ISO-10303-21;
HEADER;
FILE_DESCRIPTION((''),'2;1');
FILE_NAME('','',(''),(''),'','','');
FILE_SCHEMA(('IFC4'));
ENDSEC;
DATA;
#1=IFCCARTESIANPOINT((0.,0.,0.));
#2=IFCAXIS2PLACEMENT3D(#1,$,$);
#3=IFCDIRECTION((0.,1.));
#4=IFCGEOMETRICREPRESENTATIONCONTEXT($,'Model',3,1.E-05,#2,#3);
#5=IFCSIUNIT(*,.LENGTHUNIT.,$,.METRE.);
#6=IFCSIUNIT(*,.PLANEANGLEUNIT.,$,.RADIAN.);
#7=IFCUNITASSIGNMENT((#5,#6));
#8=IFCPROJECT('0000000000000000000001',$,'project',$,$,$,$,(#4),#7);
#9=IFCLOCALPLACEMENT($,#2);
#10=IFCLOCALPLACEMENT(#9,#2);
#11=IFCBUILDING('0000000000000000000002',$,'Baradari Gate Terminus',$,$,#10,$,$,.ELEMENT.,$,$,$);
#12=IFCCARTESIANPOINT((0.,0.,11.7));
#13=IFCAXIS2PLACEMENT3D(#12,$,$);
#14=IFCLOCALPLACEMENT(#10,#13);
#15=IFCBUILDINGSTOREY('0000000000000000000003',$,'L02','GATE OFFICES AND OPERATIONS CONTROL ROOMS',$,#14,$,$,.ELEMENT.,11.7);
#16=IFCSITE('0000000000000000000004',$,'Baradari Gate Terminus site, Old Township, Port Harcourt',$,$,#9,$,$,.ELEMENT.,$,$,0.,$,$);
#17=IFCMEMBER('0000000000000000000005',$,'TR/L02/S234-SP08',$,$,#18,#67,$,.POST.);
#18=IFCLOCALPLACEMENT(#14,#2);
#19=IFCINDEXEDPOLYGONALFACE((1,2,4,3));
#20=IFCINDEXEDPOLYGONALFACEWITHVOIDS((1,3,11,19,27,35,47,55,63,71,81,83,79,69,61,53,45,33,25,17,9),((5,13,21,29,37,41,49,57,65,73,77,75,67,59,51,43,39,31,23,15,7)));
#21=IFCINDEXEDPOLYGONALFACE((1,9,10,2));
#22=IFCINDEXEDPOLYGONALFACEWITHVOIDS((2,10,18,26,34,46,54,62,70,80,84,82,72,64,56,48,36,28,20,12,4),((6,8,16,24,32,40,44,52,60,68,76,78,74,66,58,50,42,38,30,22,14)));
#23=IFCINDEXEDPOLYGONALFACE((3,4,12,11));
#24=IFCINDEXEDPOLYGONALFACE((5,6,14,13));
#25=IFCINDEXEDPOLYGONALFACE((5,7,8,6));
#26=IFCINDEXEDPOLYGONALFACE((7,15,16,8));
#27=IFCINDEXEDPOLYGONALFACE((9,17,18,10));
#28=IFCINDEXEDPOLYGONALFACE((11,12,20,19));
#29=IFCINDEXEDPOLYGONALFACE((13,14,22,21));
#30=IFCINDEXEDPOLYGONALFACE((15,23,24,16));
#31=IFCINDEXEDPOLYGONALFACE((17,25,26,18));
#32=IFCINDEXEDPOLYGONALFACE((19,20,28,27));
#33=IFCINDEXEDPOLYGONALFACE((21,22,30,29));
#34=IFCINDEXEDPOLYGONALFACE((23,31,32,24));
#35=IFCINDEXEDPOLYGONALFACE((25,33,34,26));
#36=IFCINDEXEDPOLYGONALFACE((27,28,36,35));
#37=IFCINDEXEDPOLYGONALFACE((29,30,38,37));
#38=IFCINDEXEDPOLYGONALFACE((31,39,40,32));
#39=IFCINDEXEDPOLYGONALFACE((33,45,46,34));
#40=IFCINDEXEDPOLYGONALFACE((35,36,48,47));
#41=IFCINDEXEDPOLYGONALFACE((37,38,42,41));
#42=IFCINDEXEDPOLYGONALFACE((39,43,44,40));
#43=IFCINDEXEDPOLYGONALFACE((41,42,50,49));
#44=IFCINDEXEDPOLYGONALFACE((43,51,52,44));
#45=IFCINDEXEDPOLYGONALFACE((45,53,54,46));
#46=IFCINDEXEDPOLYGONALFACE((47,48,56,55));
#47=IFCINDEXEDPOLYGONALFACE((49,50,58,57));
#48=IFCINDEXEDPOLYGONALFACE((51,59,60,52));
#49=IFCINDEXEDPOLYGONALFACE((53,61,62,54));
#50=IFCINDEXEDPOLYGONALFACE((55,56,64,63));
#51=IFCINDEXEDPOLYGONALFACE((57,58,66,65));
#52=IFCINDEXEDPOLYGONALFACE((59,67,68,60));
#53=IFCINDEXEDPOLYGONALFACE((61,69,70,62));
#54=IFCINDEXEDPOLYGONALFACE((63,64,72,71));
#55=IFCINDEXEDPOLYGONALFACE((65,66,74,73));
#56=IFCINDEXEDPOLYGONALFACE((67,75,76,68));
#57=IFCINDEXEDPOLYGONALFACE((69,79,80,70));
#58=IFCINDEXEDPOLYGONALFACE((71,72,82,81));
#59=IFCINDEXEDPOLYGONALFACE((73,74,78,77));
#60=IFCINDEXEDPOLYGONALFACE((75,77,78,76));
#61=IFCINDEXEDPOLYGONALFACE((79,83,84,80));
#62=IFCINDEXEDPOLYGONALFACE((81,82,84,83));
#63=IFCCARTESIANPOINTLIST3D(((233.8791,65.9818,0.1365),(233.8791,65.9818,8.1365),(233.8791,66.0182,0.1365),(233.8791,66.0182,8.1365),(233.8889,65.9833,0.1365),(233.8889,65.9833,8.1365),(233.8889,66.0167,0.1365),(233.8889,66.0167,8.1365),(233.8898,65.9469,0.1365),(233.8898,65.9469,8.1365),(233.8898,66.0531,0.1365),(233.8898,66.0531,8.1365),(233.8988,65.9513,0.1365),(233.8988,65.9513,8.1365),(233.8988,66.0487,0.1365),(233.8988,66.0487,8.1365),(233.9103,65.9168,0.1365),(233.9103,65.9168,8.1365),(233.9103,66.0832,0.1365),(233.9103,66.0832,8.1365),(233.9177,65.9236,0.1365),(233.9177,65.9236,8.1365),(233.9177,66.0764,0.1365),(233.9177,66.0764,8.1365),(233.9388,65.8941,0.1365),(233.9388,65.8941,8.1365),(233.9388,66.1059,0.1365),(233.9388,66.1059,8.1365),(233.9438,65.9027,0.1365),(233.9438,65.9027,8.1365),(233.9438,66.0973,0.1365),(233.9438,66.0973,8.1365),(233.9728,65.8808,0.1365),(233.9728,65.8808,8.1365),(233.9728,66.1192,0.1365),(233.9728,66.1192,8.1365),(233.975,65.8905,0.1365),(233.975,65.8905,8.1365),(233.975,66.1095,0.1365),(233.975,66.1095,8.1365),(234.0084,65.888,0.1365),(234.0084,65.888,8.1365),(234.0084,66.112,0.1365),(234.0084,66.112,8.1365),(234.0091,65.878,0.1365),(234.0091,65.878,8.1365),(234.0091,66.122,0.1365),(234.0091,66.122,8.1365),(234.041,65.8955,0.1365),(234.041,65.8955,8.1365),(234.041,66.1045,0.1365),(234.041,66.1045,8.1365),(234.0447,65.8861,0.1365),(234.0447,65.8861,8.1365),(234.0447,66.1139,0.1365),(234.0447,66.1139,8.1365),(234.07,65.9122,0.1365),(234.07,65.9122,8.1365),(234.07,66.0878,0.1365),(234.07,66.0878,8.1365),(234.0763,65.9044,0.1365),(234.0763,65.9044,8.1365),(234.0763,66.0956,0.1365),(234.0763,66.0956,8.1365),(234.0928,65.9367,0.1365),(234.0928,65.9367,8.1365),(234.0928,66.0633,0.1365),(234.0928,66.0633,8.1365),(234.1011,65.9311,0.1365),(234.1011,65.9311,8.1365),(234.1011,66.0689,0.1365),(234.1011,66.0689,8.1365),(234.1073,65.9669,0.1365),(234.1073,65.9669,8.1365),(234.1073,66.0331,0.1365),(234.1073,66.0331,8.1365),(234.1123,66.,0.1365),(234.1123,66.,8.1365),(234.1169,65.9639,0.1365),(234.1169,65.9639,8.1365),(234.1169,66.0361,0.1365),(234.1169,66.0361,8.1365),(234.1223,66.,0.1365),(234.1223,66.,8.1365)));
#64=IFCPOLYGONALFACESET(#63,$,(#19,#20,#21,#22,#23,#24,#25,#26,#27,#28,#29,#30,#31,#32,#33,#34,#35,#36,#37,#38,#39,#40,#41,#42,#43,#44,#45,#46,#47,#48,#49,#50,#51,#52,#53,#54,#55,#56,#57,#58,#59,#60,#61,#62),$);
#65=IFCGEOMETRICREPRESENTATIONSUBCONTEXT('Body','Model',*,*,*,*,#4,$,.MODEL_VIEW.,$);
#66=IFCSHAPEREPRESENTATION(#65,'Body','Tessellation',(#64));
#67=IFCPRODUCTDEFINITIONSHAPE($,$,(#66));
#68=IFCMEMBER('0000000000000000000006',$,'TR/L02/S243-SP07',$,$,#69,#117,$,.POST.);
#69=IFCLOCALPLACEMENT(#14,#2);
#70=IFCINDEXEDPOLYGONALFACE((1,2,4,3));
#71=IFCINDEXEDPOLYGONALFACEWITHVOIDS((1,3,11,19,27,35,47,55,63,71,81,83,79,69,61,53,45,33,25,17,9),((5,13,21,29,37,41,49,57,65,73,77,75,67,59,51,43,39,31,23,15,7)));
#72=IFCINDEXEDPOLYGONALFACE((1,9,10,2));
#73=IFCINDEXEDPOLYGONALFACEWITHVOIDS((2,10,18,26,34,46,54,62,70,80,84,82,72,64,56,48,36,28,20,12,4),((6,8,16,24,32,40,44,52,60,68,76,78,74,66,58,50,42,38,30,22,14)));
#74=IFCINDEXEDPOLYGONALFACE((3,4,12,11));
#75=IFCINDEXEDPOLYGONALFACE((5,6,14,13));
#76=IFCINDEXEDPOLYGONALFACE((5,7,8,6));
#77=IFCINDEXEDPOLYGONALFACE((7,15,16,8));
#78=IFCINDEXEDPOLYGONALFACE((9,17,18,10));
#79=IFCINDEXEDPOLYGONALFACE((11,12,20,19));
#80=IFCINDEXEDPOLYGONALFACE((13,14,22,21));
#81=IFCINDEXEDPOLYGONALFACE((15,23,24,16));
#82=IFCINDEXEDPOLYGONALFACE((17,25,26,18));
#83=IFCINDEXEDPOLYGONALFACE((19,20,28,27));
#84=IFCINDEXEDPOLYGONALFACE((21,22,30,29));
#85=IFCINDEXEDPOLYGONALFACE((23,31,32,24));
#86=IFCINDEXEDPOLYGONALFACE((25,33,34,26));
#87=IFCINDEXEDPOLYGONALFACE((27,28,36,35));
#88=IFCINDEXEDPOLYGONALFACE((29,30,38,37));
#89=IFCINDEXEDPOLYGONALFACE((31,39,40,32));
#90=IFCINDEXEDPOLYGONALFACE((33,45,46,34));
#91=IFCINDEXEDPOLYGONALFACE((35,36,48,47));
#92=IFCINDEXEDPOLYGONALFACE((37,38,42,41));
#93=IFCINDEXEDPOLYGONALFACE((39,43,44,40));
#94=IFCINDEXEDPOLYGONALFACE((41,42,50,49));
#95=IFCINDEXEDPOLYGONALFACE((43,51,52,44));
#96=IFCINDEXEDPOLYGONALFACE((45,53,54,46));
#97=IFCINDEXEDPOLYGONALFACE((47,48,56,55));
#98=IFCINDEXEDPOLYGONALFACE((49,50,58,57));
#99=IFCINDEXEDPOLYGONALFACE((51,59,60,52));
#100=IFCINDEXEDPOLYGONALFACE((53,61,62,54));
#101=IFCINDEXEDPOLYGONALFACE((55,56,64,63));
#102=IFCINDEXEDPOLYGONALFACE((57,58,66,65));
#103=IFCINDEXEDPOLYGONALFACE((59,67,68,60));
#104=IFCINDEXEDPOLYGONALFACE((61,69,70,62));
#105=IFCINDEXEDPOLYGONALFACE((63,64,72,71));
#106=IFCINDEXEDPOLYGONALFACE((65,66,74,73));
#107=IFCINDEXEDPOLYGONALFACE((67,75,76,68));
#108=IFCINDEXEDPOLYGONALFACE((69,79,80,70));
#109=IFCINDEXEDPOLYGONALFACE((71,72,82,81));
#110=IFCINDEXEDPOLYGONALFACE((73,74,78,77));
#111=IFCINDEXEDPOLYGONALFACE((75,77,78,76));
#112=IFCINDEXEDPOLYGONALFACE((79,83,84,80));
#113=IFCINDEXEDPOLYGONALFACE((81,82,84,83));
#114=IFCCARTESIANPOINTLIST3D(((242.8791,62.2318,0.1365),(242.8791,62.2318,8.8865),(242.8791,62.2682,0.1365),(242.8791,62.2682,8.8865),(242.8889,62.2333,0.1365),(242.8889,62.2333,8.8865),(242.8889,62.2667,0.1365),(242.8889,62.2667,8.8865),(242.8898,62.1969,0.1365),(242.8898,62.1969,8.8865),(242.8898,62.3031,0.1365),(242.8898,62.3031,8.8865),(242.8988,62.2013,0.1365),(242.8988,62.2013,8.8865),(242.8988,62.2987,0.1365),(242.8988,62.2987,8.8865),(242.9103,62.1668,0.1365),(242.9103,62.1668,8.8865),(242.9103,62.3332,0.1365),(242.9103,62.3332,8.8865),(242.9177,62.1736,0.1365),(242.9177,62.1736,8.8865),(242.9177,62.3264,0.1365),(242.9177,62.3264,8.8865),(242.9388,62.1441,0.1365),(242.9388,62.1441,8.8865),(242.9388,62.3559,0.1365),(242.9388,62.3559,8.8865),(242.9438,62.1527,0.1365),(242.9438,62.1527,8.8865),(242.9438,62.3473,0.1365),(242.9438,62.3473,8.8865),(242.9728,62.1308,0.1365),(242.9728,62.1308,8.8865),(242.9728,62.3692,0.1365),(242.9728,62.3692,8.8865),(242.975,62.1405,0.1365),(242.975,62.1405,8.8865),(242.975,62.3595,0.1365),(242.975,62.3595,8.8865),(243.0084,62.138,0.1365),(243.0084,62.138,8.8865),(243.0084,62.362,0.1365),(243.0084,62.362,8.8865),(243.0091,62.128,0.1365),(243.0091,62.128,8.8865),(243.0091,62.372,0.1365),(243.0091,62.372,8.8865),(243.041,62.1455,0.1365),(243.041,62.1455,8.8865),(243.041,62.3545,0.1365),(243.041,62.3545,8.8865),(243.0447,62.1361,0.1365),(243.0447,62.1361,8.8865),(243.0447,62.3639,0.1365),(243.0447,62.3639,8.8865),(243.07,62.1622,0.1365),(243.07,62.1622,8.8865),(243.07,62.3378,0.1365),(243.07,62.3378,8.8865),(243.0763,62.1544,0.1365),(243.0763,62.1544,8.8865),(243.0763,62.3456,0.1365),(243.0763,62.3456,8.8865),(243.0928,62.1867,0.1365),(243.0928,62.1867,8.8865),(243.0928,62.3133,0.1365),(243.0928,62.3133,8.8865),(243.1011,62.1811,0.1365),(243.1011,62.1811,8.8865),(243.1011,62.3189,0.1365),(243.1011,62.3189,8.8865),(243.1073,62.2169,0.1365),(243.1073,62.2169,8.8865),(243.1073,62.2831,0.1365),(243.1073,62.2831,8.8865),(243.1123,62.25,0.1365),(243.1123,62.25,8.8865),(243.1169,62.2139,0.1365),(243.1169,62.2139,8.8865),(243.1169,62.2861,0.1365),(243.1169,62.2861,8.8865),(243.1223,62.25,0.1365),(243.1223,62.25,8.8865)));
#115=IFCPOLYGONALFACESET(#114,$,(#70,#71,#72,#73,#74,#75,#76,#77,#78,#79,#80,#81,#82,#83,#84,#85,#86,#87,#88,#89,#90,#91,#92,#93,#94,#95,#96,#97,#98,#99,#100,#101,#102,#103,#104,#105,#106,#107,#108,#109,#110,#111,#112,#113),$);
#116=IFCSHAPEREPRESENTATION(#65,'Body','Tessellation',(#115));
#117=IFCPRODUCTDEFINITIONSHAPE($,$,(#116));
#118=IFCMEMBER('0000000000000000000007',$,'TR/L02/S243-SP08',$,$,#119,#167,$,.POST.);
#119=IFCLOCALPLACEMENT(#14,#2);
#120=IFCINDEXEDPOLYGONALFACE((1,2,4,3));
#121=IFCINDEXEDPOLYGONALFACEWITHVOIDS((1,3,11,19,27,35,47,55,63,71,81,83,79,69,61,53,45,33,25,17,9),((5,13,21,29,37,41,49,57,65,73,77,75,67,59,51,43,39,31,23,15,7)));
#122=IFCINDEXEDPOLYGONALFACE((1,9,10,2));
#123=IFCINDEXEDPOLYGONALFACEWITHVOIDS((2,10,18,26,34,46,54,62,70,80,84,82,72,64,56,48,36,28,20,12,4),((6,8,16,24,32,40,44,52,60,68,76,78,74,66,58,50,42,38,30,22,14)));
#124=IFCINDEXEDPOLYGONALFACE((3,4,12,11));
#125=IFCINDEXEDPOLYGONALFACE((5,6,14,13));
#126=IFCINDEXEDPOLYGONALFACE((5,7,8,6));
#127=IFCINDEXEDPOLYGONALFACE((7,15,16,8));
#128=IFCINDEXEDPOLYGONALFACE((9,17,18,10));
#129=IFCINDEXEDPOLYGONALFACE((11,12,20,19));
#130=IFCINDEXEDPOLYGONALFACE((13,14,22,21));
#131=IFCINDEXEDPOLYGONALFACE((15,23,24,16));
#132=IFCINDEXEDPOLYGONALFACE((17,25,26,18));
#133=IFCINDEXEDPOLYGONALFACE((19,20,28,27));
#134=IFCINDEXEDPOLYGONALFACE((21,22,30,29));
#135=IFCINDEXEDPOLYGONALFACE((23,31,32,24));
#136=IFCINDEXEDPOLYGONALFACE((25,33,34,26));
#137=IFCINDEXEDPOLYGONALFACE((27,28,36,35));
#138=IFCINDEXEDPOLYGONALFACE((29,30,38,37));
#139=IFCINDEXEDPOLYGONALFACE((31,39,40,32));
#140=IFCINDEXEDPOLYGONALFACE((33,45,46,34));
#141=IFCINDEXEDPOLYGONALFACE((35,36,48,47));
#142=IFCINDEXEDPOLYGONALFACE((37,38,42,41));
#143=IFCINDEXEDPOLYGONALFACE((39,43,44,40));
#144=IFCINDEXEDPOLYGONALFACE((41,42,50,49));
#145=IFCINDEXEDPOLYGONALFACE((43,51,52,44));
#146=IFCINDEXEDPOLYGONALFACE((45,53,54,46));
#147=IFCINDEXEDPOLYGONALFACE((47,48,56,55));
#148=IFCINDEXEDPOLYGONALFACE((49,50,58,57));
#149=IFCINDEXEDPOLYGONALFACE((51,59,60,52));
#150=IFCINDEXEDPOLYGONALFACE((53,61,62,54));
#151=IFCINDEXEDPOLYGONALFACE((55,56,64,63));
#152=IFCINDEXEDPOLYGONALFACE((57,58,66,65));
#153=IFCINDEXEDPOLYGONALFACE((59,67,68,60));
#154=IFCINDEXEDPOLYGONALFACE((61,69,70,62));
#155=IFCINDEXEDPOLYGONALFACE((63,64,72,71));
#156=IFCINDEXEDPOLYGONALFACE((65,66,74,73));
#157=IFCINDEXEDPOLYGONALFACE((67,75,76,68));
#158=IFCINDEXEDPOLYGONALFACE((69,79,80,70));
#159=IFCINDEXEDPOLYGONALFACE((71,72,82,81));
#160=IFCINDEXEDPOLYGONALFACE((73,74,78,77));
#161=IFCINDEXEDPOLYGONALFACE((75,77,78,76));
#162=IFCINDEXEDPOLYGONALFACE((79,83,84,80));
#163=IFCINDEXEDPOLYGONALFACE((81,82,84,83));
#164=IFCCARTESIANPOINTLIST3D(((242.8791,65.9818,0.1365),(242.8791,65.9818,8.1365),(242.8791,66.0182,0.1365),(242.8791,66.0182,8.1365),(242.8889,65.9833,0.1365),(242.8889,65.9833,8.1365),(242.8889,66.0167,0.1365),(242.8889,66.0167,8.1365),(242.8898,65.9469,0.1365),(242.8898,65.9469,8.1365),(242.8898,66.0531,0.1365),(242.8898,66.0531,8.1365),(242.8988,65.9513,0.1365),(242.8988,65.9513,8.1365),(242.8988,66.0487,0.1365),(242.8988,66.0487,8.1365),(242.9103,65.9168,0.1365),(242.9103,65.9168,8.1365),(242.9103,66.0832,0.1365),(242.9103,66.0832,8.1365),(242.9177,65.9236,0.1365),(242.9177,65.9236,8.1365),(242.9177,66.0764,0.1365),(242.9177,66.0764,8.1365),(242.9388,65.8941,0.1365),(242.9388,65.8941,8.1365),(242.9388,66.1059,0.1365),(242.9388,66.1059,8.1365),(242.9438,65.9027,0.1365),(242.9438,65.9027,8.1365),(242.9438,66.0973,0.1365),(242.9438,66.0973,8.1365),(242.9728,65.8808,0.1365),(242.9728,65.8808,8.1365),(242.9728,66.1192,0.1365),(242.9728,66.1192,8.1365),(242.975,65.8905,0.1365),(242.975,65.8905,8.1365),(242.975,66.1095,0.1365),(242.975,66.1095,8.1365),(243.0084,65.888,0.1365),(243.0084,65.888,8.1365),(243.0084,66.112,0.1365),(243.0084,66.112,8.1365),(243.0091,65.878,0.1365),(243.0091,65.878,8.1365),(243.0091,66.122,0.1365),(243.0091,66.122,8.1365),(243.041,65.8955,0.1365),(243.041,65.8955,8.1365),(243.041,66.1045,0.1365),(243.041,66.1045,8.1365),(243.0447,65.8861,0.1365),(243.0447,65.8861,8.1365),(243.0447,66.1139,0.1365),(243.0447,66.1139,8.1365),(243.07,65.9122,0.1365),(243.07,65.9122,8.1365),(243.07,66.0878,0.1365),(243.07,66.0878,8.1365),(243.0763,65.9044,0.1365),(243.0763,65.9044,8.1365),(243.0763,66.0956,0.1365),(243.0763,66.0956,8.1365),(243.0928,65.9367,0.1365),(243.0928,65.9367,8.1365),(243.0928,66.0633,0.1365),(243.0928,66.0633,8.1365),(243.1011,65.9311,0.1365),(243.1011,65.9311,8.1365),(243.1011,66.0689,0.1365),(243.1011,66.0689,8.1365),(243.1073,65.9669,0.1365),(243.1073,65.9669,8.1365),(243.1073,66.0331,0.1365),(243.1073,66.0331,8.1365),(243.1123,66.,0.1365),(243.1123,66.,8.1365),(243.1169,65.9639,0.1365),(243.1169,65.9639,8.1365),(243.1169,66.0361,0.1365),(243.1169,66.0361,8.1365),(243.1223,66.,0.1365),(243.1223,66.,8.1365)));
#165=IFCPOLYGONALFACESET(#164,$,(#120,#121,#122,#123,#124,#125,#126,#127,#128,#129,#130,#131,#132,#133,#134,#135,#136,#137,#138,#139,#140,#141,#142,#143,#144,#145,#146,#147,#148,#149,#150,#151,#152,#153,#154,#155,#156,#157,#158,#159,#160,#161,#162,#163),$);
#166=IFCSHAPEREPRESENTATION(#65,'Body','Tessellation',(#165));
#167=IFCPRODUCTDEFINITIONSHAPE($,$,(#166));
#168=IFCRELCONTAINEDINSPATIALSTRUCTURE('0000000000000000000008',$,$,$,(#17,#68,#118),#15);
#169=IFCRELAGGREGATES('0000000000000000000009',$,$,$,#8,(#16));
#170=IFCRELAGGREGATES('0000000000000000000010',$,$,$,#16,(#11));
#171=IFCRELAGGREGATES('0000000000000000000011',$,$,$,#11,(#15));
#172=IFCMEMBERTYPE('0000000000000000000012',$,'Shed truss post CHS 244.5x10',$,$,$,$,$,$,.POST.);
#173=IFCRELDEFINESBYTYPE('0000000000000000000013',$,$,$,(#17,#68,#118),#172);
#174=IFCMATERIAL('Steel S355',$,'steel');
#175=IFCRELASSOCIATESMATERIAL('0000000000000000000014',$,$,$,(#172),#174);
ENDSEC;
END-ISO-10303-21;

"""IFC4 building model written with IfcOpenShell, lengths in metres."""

from ifc_helpers import new_model, si_unit, direction, frame, origin, origin_2d, place, context, subcontext, project, spatial, hollow_circle, extrude, material, material_profile, profile_set, type_object, element, save


model = new_model("IFC4")

# Units and contexts
model_context = context("Model", 3, precision=1e-05, world=origin(), true_north=direction((0.0, 1.0)))
body_context = subcontext(model_context, "Body", "Model", "MODEL_VIEW")
ifc_project = project(units=[si_unit("LENGTHUNIT", "METRE"), si_unit("PLANEANGLEUNIT", "RADIAN")], contexts=[model_context])

# Site, building, storey
site_placement = place(None, origin())
site = spatial("IfcSite", under=ifc_project, at=site_placement, Name="Baradari Gate Terminus site, Old Township, Port Harcourt", CompositionType="ELEMENT", RefElevation=0.0)
building_placement = place(site_placement, origin())
building = spatial("IfcBuilding", under=site, at=building_placement, Name="Baradari Gate Terminus", CompositionType="ELEMENT")
storey_placement = place(building_placement, frame((0.0, 0.0, 11.7)))
storey = spatial("IfcBuildingStorey", under=building, at=storey_placement, Name="L02", Description="GATE OFFICES AND OPERATIONS CONTROL ROOMS", CompositionType="ELEMENT", Elevation=11.7)

# Members
ifc_material_1 = material(Name="Steel S355", Category="steel")
ifc_material_profile_1 = material_profile(ifc_material_1, hollow_circle(Radius=0.1223, WallThickness=0.01, at=origin_2d()), Name="CHS 244.5x10")
ifc_profile_set_1 = profile_set([ifc_material_profile_1], Name="Steel S355")
member_type_1 = type_object("IfcMemberType", Name="Shed truss post CHS 244.5x10", PredefinedType="POST", material=ifc_profile_set_1)
member_1_placement = place(storey_placement, frame((234.0, 66.0, 0.1365), z_axis=(0.0, 0.0, 1.0), x_axis=(1.0, 0.0, 0.0)))
element("IfcMember", 1, at=member_1_placement, inside=storey, type_object=member_type_1, Name="TR/L02/S234-SP08", PredefinedType="POST", context=body_context, shape_type="SweptSolid", body=[
    extrude(hollow_circle(Radius=0.1223, WallThickness=0.01, at=origin_2d()), origin(), (0.0, 0.0, 1.0), 8.0),
])
member_2_placement = place(storey_placement, frame((243.0, 62.25, 0.1365), z_axis=(0.0, 0.0, 1.0), x_axis=(1.0, 0.0, 0.0)))
element("IfcMember", 2, at=member_2_placement, inside=storey, type_object=member_type_1, Name="TR/L02/S243-SP07", PredefinedType="POST", context=body_context, shape_type="SweptSolid", body=[
    extrude(hollow_circle(Radius=0.1223, WallThickness=0.01, at=origin_2d()), origin(), (0.0, 0.0, 1.0), 8.75),
])
member_3_placement = place(storey_placement, frame((243.0, 66.0, 0.1365), z_axis=(0.0, 0.0, 1.0), x_axis=(1.0, 0.0, 0.0)))
element("IfcMember", 3, at=member_3_placement, inside=storey, type_object=member_type_1, Name="TR/L02/S243-SP08", PredefinedType="POST", context=body_context, shape_type="SweptSolid", body=[
    extrude(hollow_circle(Radius=0.1223, WallThickness=0.01, at=origin_2d()), origin(), (0.0, 0.0, 1.0), 8.0),
])

save(model, "model.ifc")
